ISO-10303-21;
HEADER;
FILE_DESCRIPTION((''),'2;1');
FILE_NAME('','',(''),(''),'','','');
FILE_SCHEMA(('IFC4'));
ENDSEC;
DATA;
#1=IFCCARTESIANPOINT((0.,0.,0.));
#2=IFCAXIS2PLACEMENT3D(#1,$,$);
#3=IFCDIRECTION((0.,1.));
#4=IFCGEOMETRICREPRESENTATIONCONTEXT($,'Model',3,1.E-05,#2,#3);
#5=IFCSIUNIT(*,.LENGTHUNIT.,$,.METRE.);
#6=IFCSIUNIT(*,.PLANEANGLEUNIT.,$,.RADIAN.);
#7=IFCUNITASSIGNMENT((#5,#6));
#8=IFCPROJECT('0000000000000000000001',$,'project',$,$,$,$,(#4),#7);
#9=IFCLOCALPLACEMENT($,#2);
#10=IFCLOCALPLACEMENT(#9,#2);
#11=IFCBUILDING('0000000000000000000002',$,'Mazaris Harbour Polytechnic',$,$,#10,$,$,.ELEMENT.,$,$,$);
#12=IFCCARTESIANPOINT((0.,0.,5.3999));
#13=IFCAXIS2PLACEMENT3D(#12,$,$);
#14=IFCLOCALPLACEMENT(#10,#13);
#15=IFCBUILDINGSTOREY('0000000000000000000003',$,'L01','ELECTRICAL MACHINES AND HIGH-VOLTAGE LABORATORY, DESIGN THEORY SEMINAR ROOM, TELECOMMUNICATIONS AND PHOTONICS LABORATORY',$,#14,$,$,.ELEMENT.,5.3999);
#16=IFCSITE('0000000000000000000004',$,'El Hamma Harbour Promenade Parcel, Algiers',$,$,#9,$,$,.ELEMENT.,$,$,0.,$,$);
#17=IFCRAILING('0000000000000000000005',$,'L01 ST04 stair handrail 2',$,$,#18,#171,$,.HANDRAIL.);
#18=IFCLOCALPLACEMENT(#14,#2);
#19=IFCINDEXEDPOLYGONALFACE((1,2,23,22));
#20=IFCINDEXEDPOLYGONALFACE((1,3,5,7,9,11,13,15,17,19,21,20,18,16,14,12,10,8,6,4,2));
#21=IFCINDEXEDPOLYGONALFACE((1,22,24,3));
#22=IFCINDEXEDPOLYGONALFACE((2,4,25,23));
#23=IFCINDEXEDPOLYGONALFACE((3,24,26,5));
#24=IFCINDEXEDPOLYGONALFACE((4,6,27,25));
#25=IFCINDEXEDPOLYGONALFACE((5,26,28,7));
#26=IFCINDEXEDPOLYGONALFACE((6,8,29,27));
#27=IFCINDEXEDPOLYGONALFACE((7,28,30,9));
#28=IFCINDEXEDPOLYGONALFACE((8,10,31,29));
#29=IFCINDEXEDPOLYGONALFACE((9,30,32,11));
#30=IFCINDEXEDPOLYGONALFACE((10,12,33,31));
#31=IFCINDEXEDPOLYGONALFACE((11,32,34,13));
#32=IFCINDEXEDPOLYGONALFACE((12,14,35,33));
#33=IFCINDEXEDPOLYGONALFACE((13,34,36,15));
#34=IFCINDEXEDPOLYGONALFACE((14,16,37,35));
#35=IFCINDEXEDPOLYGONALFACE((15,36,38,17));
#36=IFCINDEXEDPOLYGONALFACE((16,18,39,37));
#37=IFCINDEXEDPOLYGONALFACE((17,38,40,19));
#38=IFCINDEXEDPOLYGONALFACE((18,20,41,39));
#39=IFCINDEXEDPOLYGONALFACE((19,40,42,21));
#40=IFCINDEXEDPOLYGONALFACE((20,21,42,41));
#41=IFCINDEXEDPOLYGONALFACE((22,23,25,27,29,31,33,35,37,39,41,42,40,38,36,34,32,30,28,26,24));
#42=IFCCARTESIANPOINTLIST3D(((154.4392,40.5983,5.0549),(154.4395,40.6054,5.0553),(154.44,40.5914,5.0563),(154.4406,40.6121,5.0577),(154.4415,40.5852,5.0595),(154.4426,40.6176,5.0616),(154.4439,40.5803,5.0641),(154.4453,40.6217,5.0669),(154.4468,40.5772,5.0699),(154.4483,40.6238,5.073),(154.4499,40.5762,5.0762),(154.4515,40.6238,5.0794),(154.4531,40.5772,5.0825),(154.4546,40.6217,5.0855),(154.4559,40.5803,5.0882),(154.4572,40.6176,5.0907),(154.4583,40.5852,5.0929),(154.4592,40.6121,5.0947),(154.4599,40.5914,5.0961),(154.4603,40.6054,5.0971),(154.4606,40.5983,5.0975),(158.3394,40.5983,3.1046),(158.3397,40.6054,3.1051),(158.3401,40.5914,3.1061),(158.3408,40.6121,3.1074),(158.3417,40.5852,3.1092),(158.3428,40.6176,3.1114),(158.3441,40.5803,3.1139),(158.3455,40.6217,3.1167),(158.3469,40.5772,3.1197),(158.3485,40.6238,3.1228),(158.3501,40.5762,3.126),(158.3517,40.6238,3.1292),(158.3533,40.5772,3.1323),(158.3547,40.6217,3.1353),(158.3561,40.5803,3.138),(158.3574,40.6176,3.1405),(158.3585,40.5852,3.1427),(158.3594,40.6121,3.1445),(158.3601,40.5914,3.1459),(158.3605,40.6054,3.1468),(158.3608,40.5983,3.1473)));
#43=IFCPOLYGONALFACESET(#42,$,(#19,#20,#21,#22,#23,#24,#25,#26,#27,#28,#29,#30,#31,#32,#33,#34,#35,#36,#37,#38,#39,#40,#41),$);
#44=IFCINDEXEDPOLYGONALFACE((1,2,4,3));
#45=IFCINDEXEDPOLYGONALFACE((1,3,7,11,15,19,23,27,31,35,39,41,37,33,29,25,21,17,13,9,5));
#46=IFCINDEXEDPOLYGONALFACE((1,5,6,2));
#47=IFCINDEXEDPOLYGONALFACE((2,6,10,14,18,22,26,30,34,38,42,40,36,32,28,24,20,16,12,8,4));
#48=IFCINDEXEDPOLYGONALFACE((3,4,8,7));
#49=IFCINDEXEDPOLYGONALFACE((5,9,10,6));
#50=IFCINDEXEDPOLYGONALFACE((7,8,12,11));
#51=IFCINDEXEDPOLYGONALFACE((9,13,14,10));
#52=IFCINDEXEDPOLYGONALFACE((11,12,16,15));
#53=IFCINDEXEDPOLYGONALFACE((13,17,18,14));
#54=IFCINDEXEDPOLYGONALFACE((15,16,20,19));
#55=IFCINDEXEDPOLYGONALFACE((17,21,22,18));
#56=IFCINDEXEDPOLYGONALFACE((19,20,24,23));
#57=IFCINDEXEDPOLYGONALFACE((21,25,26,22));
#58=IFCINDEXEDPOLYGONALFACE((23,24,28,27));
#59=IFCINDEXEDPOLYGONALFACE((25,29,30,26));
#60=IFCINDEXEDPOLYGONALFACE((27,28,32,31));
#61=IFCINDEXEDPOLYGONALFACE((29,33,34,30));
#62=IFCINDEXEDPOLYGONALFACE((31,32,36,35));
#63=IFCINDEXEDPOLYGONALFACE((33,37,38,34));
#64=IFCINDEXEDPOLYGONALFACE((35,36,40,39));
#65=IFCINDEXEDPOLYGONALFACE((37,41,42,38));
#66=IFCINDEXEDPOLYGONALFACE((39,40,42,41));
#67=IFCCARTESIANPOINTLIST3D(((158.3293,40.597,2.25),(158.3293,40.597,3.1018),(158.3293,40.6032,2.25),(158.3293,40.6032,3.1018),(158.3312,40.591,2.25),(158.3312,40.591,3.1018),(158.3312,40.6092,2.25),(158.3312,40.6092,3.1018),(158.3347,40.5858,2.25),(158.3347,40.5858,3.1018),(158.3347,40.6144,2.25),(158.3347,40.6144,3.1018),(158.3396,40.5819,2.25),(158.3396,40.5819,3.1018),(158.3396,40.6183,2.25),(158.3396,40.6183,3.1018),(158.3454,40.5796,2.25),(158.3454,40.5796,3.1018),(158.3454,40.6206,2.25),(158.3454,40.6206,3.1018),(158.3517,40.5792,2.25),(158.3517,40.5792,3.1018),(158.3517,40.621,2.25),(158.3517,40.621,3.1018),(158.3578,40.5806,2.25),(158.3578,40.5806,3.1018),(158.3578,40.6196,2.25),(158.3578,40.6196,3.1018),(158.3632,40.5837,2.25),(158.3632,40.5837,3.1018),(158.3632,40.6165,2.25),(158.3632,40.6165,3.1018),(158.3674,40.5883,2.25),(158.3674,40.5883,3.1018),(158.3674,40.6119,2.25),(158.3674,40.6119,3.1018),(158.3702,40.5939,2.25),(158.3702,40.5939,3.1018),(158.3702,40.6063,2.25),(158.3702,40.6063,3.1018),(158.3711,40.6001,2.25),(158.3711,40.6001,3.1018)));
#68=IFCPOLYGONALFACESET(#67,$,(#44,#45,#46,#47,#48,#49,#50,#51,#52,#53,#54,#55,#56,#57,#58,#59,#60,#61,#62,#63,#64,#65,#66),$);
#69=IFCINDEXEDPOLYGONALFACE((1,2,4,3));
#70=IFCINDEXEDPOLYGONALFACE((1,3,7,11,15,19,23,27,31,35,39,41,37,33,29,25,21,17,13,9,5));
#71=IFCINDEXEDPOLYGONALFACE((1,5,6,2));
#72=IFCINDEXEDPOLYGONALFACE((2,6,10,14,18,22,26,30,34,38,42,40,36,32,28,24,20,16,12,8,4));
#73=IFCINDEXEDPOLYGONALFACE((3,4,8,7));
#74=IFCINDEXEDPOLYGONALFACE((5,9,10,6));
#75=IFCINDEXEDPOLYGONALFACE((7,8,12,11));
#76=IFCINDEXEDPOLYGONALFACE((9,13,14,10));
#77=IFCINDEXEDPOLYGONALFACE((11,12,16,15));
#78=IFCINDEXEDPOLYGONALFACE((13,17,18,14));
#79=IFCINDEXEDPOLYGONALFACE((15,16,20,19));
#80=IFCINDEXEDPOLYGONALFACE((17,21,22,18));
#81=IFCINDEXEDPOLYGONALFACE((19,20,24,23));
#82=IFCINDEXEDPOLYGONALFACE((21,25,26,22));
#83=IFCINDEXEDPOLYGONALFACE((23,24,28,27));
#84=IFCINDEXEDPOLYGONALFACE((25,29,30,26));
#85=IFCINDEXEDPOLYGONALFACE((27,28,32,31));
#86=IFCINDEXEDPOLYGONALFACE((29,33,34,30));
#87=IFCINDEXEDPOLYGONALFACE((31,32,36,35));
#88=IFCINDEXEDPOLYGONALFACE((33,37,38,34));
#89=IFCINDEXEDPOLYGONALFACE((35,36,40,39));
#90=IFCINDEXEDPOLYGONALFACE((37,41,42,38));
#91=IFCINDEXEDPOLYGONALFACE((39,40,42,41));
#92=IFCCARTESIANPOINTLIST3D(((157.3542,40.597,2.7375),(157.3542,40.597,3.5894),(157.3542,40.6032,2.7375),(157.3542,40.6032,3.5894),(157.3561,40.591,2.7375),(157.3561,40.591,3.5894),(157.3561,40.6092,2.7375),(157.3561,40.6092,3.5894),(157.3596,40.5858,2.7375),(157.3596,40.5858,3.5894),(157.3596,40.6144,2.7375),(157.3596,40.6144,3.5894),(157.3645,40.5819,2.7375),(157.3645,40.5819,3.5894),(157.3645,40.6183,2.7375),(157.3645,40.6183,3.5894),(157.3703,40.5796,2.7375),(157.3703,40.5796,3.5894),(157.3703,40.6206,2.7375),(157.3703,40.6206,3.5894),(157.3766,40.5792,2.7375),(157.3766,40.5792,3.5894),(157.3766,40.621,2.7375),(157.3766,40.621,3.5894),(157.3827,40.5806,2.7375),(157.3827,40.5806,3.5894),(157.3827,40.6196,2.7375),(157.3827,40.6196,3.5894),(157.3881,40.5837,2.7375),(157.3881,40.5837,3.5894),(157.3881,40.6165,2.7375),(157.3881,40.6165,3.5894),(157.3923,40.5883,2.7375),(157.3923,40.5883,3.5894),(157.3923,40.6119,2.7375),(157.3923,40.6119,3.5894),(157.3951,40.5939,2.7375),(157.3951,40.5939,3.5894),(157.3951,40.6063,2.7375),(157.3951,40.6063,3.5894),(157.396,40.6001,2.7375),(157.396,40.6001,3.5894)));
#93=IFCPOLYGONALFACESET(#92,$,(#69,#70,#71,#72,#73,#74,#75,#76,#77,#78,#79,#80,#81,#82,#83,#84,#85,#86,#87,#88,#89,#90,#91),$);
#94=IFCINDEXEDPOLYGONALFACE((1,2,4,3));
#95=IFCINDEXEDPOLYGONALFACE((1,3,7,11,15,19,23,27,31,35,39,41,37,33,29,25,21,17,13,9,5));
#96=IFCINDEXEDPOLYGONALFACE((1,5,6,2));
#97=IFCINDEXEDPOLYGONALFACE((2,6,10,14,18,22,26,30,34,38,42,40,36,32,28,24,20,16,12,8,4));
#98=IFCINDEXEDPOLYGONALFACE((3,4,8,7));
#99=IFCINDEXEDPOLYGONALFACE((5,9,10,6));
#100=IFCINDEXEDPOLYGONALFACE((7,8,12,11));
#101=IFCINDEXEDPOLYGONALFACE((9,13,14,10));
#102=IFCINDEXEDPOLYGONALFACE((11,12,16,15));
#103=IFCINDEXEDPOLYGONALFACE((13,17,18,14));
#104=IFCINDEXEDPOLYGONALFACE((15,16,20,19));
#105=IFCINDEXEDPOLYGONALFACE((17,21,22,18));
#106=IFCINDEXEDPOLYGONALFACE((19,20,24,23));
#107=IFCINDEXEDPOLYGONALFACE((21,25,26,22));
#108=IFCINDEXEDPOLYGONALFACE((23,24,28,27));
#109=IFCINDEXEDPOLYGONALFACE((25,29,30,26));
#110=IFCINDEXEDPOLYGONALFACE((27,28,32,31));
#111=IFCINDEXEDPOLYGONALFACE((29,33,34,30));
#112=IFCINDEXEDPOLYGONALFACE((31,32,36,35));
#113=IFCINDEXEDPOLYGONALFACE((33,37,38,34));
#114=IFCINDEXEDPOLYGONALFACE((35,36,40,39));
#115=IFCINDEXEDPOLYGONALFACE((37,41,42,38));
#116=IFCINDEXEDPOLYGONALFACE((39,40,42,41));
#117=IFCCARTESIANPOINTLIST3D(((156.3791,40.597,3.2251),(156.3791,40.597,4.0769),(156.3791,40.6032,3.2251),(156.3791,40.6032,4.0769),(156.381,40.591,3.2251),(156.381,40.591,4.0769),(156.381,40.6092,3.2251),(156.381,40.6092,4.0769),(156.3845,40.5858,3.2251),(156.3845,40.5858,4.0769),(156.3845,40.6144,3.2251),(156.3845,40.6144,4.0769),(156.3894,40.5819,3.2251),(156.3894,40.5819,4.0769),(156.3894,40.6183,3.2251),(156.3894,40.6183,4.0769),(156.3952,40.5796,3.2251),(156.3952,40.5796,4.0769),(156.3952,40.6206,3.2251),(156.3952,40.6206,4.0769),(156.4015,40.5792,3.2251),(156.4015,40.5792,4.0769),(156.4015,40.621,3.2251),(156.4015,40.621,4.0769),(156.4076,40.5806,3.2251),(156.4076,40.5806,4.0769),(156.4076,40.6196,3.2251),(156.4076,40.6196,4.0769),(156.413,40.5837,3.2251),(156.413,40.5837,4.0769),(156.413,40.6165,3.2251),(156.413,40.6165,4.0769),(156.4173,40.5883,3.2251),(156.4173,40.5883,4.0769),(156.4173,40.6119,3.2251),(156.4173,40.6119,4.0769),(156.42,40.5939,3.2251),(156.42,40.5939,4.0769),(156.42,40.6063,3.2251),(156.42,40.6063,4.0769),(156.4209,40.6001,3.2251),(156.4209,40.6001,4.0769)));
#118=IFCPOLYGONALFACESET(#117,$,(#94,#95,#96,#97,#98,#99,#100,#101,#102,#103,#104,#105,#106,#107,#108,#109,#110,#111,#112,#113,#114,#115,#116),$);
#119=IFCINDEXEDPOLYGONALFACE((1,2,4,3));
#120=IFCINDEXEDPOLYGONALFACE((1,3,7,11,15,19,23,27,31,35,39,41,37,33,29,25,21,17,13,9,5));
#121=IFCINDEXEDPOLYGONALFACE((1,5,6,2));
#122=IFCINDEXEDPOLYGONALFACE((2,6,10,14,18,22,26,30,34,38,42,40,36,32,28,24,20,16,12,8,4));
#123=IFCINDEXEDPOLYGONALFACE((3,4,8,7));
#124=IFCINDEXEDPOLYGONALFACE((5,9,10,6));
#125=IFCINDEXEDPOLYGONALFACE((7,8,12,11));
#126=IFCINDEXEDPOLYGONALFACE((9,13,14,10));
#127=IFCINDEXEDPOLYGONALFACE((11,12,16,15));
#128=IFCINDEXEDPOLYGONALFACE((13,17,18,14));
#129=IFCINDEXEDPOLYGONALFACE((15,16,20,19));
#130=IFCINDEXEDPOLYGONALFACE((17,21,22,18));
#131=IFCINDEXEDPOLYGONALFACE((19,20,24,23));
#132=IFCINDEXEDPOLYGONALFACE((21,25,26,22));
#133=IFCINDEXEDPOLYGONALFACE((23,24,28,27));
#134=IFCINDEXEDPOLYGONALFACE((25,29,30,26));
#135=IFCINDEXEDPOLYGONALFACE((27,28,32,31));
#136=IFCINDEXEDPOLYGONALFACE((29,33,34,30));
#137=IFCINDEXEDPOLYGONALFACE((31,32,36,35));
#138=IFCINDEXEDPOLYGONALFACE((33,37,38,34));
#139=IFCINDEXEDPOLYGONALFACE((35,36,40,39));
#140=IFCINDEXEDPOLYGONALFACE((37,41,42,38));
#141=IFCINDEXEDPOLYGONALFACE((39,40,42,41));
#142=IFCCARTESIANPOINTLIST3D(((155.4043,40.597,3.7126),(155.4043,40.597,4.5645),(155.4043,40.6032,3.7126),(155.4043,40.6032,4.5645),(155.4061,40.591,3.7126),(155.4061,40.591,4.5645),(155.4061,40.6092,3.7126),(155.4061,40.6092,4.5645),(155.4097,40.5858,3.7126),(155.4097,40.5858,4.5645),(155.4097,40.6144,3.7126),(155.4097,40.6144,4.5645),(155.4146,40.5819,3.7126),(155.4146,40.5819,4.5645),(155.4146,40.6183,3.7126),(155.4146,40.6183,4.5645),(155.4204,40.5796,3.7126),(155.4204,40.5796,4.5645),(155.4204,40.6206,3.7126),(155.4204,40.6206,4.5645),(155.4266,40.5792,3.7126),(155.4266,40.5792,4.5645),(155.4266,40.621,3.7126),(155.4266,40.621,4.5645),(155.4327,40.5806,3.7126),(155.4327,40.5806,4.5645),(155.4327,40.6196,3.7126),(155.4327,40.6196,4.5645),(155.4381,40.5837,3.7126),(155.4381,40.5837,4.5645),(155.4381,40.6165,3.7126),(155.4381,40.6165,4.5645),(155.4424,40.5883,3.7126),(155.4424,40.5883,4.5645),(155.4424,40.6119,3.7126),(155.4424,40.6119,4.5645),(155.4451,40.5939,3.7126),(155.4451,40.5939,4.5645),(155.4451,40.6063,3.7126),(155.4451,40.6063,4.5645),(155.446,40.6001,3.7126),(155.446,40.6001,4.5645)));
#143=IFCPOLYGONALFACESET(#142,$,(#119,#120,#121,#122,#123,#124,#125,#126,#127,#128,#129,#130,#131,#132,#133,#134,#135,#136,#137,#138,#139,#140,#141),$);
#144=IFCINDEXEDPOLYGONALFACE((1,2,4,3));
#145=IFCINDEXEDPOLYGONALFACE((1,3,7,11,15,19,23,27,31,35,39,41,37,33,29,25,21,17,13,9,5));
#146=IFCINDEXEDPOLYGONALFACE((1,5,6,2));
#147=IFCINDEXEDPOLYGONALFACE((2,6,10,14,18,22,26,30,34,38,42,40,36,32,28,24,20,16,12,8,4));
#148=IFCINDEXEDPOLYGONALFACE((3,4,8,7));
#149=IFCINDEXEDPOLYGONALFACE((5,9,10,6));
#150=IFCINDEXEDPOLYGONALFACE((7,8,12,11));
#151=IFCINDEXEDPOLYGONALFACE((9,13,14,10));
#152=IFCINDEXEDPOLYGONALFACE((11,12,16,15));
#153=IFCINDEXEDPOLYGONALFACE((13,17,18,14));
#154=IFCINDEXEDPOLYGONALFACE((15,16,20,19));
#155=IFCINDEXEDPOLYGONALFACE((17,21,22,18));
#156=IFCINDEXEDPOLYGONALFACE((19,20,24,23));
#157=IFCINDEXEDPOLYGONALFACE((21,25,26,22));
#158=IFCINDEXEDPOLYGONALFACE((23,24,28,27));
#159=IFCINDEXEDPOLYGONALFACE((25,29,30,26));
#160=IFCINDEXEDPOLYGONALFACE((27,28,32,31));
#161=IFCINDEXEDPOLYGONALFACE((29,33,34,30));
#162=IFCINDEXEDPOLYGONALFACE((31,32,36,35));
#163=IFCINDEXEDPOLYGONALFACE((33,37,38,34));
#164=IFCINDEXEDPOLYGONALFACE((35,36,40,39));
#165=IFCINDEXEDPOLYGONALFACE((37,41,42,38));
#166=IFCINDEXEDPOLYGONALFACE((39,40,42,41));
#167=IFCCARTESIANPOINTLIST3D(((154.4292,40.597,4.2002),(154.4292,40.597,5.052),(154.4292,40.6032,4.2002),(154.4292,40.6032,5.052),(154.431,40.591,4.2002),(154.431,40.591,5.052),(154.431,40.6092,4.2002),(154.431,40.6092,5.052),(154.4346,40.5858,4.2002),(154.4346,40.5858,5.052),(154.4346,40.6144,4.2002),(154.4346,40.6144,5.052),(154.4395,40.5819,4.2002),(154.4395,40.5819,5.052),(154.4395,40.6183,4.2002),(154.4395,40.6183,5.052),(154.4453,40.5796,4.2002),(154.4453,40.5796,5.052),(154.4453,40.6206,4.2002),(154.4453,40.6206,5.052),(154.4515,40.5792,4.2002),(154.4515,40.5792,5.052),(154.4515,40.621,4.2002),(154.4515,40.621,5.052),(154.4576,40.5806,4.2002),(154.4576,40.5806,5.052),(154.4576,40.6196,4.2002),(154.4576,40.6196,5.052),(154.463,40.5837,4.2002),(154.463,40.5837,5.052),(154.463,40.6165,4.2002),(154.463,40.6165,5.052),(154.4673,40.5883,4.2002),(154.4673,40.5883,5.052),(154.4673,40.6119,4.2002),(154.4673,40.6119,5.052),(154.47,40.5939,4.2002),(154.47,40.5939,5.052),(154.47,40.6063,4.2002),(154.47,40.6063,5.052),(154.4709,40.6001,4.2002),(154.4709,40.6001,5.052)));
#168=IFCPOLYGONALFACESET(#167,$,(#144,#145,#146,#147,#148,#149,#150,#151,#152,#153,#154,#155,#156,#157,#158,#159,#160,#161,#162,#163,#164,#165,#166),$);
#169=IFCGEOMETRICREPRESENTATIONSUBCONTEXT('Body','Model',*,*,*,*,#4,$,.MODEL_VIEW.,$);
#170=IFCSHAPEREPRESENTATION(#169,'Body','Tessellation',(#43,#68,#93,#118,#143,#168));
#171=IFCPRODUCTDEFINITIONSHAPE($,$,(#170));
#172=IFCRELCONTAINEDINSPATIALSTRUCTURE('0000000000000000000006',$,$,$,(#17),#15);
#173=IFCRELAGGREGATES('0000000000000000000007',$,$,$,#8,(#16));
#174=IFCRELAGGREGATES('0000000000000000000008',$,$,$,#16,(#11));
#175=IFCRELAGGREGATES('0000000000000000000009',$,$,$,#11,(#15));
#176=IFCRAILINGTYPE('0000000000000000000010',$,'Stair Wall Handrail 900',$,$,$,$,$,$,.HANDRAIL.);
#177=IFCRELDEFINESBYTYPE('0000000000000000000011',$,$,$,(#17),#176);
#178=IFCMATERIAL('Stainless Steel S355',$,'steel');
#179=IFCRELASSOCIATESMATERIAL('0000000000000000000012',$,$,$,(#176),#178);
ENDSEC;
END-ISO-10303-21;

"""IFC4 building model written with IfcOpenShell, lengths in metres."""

from ifc_helpers import new_model, si_unit, direction, frame, origin, origin_2d, place, context, subcontext, project, spatial, circle, extrude, material, type_object, element, save


model = new_model("IFC4")

# Units and contexts
model_context = context("Model", 3, precision=1e-05, world=origin(), true_north=direction((0.0, 1.0)))
body_context = subcontext(model_context, "Body", "Model", "MODEL_VIEW")
ifc_project = project(units=[si_unit("LENGTHUNIT", "METRE"), si_unit("PLANEANGLEUNIT", "RADIAN")], contexts=[model_context])

# Site, building, storey
site_placement = place(None, origin())
site = spatial("IfcSite", under=ifc_project, at=site_placement, Name="El Hamma Harbour Promenade Parcel, Algiers", CompositionType="ELEMENT", RefElevation=0.0)
building_placement = place(site_placement, origin())
building = spatial("IfcBuilding", under=site, at=building_placement, Name="Mazaris Harbour Polytechnic", CompositionType="ELEMENT")
storey_placement = place(building_placement, frame((0.0, 0.0, 5.3999)))
storey = spatial("IfcBuildingStorey", under=building, at=storey_placement, Name="L01", Description="ELECTRICAL MACHINES AND HIGH-VOLTAGE LABORATORY, DESIGN THEORY SEMINAR ROOM, TELECOMMUNICATIONS AND PHOTONICS LABORATORY", CompositionType="ELEMENT", Elevation=5.3999)

# Railing
ifc_material_1 = material(Name="Stainless Steel S355", Category="steel")
railing_type_1 = type_object("IfcRailingType", Name="Stair Wall Handrail 900", PredefinedType="HANDRAIL", material=ifc_material_1)
railing_1_placement = place(storey_placement, frame((158.3501, 40.6001, 2.25)))
element("IfcRailing", 1, at=railing_1_placement, inside=storey, type_object=railing_type_1, Name="L01 ST04 stair handrail 2", PredefinedType="HANDRAIL", context=body_context, shape_type="SweptSolid", body=[
    extrude(circle(Radius=0.0239, at=origin_2d()), frame((0.0, 0.0, 0.876), z_axis=(-0.894416, 0.0, 0.447236), x_axis=(0.0, -1.0, 0.0)), (0.0, 0.0, 1.0), 4.3606),
    extrude(circle(Radius=0.021, at=origin_2d()), origin(), (0.0, 0.0, 1.0), 0.8518),
    extrude(circle(Radius=0.021, at=origin_2d()), frame((-0.9751, 0.0, 0.4875)), (0.0, 0.0, 1.0), 0.8518),
    extrude(circle(Radius=0.021, at=origin_2d()), frame((-1.9502, 0.0, 0.9751)), (0.0, 0.0, 1.0), 0.8518),
    extrude(circle(Radius=0.021, at=origin_2d()), frame((-2.925, 0.0, 1.4626)), (0.0, 0.0, 1.0), 0.8518),
    extrude(circle(Radius=0.021, at=origin_2d()), frame((-3.9001, 0.0, 1.9502)), (0.0, 0.0, 1.0), 0.8518),
])

save(model, "model.ifc")
